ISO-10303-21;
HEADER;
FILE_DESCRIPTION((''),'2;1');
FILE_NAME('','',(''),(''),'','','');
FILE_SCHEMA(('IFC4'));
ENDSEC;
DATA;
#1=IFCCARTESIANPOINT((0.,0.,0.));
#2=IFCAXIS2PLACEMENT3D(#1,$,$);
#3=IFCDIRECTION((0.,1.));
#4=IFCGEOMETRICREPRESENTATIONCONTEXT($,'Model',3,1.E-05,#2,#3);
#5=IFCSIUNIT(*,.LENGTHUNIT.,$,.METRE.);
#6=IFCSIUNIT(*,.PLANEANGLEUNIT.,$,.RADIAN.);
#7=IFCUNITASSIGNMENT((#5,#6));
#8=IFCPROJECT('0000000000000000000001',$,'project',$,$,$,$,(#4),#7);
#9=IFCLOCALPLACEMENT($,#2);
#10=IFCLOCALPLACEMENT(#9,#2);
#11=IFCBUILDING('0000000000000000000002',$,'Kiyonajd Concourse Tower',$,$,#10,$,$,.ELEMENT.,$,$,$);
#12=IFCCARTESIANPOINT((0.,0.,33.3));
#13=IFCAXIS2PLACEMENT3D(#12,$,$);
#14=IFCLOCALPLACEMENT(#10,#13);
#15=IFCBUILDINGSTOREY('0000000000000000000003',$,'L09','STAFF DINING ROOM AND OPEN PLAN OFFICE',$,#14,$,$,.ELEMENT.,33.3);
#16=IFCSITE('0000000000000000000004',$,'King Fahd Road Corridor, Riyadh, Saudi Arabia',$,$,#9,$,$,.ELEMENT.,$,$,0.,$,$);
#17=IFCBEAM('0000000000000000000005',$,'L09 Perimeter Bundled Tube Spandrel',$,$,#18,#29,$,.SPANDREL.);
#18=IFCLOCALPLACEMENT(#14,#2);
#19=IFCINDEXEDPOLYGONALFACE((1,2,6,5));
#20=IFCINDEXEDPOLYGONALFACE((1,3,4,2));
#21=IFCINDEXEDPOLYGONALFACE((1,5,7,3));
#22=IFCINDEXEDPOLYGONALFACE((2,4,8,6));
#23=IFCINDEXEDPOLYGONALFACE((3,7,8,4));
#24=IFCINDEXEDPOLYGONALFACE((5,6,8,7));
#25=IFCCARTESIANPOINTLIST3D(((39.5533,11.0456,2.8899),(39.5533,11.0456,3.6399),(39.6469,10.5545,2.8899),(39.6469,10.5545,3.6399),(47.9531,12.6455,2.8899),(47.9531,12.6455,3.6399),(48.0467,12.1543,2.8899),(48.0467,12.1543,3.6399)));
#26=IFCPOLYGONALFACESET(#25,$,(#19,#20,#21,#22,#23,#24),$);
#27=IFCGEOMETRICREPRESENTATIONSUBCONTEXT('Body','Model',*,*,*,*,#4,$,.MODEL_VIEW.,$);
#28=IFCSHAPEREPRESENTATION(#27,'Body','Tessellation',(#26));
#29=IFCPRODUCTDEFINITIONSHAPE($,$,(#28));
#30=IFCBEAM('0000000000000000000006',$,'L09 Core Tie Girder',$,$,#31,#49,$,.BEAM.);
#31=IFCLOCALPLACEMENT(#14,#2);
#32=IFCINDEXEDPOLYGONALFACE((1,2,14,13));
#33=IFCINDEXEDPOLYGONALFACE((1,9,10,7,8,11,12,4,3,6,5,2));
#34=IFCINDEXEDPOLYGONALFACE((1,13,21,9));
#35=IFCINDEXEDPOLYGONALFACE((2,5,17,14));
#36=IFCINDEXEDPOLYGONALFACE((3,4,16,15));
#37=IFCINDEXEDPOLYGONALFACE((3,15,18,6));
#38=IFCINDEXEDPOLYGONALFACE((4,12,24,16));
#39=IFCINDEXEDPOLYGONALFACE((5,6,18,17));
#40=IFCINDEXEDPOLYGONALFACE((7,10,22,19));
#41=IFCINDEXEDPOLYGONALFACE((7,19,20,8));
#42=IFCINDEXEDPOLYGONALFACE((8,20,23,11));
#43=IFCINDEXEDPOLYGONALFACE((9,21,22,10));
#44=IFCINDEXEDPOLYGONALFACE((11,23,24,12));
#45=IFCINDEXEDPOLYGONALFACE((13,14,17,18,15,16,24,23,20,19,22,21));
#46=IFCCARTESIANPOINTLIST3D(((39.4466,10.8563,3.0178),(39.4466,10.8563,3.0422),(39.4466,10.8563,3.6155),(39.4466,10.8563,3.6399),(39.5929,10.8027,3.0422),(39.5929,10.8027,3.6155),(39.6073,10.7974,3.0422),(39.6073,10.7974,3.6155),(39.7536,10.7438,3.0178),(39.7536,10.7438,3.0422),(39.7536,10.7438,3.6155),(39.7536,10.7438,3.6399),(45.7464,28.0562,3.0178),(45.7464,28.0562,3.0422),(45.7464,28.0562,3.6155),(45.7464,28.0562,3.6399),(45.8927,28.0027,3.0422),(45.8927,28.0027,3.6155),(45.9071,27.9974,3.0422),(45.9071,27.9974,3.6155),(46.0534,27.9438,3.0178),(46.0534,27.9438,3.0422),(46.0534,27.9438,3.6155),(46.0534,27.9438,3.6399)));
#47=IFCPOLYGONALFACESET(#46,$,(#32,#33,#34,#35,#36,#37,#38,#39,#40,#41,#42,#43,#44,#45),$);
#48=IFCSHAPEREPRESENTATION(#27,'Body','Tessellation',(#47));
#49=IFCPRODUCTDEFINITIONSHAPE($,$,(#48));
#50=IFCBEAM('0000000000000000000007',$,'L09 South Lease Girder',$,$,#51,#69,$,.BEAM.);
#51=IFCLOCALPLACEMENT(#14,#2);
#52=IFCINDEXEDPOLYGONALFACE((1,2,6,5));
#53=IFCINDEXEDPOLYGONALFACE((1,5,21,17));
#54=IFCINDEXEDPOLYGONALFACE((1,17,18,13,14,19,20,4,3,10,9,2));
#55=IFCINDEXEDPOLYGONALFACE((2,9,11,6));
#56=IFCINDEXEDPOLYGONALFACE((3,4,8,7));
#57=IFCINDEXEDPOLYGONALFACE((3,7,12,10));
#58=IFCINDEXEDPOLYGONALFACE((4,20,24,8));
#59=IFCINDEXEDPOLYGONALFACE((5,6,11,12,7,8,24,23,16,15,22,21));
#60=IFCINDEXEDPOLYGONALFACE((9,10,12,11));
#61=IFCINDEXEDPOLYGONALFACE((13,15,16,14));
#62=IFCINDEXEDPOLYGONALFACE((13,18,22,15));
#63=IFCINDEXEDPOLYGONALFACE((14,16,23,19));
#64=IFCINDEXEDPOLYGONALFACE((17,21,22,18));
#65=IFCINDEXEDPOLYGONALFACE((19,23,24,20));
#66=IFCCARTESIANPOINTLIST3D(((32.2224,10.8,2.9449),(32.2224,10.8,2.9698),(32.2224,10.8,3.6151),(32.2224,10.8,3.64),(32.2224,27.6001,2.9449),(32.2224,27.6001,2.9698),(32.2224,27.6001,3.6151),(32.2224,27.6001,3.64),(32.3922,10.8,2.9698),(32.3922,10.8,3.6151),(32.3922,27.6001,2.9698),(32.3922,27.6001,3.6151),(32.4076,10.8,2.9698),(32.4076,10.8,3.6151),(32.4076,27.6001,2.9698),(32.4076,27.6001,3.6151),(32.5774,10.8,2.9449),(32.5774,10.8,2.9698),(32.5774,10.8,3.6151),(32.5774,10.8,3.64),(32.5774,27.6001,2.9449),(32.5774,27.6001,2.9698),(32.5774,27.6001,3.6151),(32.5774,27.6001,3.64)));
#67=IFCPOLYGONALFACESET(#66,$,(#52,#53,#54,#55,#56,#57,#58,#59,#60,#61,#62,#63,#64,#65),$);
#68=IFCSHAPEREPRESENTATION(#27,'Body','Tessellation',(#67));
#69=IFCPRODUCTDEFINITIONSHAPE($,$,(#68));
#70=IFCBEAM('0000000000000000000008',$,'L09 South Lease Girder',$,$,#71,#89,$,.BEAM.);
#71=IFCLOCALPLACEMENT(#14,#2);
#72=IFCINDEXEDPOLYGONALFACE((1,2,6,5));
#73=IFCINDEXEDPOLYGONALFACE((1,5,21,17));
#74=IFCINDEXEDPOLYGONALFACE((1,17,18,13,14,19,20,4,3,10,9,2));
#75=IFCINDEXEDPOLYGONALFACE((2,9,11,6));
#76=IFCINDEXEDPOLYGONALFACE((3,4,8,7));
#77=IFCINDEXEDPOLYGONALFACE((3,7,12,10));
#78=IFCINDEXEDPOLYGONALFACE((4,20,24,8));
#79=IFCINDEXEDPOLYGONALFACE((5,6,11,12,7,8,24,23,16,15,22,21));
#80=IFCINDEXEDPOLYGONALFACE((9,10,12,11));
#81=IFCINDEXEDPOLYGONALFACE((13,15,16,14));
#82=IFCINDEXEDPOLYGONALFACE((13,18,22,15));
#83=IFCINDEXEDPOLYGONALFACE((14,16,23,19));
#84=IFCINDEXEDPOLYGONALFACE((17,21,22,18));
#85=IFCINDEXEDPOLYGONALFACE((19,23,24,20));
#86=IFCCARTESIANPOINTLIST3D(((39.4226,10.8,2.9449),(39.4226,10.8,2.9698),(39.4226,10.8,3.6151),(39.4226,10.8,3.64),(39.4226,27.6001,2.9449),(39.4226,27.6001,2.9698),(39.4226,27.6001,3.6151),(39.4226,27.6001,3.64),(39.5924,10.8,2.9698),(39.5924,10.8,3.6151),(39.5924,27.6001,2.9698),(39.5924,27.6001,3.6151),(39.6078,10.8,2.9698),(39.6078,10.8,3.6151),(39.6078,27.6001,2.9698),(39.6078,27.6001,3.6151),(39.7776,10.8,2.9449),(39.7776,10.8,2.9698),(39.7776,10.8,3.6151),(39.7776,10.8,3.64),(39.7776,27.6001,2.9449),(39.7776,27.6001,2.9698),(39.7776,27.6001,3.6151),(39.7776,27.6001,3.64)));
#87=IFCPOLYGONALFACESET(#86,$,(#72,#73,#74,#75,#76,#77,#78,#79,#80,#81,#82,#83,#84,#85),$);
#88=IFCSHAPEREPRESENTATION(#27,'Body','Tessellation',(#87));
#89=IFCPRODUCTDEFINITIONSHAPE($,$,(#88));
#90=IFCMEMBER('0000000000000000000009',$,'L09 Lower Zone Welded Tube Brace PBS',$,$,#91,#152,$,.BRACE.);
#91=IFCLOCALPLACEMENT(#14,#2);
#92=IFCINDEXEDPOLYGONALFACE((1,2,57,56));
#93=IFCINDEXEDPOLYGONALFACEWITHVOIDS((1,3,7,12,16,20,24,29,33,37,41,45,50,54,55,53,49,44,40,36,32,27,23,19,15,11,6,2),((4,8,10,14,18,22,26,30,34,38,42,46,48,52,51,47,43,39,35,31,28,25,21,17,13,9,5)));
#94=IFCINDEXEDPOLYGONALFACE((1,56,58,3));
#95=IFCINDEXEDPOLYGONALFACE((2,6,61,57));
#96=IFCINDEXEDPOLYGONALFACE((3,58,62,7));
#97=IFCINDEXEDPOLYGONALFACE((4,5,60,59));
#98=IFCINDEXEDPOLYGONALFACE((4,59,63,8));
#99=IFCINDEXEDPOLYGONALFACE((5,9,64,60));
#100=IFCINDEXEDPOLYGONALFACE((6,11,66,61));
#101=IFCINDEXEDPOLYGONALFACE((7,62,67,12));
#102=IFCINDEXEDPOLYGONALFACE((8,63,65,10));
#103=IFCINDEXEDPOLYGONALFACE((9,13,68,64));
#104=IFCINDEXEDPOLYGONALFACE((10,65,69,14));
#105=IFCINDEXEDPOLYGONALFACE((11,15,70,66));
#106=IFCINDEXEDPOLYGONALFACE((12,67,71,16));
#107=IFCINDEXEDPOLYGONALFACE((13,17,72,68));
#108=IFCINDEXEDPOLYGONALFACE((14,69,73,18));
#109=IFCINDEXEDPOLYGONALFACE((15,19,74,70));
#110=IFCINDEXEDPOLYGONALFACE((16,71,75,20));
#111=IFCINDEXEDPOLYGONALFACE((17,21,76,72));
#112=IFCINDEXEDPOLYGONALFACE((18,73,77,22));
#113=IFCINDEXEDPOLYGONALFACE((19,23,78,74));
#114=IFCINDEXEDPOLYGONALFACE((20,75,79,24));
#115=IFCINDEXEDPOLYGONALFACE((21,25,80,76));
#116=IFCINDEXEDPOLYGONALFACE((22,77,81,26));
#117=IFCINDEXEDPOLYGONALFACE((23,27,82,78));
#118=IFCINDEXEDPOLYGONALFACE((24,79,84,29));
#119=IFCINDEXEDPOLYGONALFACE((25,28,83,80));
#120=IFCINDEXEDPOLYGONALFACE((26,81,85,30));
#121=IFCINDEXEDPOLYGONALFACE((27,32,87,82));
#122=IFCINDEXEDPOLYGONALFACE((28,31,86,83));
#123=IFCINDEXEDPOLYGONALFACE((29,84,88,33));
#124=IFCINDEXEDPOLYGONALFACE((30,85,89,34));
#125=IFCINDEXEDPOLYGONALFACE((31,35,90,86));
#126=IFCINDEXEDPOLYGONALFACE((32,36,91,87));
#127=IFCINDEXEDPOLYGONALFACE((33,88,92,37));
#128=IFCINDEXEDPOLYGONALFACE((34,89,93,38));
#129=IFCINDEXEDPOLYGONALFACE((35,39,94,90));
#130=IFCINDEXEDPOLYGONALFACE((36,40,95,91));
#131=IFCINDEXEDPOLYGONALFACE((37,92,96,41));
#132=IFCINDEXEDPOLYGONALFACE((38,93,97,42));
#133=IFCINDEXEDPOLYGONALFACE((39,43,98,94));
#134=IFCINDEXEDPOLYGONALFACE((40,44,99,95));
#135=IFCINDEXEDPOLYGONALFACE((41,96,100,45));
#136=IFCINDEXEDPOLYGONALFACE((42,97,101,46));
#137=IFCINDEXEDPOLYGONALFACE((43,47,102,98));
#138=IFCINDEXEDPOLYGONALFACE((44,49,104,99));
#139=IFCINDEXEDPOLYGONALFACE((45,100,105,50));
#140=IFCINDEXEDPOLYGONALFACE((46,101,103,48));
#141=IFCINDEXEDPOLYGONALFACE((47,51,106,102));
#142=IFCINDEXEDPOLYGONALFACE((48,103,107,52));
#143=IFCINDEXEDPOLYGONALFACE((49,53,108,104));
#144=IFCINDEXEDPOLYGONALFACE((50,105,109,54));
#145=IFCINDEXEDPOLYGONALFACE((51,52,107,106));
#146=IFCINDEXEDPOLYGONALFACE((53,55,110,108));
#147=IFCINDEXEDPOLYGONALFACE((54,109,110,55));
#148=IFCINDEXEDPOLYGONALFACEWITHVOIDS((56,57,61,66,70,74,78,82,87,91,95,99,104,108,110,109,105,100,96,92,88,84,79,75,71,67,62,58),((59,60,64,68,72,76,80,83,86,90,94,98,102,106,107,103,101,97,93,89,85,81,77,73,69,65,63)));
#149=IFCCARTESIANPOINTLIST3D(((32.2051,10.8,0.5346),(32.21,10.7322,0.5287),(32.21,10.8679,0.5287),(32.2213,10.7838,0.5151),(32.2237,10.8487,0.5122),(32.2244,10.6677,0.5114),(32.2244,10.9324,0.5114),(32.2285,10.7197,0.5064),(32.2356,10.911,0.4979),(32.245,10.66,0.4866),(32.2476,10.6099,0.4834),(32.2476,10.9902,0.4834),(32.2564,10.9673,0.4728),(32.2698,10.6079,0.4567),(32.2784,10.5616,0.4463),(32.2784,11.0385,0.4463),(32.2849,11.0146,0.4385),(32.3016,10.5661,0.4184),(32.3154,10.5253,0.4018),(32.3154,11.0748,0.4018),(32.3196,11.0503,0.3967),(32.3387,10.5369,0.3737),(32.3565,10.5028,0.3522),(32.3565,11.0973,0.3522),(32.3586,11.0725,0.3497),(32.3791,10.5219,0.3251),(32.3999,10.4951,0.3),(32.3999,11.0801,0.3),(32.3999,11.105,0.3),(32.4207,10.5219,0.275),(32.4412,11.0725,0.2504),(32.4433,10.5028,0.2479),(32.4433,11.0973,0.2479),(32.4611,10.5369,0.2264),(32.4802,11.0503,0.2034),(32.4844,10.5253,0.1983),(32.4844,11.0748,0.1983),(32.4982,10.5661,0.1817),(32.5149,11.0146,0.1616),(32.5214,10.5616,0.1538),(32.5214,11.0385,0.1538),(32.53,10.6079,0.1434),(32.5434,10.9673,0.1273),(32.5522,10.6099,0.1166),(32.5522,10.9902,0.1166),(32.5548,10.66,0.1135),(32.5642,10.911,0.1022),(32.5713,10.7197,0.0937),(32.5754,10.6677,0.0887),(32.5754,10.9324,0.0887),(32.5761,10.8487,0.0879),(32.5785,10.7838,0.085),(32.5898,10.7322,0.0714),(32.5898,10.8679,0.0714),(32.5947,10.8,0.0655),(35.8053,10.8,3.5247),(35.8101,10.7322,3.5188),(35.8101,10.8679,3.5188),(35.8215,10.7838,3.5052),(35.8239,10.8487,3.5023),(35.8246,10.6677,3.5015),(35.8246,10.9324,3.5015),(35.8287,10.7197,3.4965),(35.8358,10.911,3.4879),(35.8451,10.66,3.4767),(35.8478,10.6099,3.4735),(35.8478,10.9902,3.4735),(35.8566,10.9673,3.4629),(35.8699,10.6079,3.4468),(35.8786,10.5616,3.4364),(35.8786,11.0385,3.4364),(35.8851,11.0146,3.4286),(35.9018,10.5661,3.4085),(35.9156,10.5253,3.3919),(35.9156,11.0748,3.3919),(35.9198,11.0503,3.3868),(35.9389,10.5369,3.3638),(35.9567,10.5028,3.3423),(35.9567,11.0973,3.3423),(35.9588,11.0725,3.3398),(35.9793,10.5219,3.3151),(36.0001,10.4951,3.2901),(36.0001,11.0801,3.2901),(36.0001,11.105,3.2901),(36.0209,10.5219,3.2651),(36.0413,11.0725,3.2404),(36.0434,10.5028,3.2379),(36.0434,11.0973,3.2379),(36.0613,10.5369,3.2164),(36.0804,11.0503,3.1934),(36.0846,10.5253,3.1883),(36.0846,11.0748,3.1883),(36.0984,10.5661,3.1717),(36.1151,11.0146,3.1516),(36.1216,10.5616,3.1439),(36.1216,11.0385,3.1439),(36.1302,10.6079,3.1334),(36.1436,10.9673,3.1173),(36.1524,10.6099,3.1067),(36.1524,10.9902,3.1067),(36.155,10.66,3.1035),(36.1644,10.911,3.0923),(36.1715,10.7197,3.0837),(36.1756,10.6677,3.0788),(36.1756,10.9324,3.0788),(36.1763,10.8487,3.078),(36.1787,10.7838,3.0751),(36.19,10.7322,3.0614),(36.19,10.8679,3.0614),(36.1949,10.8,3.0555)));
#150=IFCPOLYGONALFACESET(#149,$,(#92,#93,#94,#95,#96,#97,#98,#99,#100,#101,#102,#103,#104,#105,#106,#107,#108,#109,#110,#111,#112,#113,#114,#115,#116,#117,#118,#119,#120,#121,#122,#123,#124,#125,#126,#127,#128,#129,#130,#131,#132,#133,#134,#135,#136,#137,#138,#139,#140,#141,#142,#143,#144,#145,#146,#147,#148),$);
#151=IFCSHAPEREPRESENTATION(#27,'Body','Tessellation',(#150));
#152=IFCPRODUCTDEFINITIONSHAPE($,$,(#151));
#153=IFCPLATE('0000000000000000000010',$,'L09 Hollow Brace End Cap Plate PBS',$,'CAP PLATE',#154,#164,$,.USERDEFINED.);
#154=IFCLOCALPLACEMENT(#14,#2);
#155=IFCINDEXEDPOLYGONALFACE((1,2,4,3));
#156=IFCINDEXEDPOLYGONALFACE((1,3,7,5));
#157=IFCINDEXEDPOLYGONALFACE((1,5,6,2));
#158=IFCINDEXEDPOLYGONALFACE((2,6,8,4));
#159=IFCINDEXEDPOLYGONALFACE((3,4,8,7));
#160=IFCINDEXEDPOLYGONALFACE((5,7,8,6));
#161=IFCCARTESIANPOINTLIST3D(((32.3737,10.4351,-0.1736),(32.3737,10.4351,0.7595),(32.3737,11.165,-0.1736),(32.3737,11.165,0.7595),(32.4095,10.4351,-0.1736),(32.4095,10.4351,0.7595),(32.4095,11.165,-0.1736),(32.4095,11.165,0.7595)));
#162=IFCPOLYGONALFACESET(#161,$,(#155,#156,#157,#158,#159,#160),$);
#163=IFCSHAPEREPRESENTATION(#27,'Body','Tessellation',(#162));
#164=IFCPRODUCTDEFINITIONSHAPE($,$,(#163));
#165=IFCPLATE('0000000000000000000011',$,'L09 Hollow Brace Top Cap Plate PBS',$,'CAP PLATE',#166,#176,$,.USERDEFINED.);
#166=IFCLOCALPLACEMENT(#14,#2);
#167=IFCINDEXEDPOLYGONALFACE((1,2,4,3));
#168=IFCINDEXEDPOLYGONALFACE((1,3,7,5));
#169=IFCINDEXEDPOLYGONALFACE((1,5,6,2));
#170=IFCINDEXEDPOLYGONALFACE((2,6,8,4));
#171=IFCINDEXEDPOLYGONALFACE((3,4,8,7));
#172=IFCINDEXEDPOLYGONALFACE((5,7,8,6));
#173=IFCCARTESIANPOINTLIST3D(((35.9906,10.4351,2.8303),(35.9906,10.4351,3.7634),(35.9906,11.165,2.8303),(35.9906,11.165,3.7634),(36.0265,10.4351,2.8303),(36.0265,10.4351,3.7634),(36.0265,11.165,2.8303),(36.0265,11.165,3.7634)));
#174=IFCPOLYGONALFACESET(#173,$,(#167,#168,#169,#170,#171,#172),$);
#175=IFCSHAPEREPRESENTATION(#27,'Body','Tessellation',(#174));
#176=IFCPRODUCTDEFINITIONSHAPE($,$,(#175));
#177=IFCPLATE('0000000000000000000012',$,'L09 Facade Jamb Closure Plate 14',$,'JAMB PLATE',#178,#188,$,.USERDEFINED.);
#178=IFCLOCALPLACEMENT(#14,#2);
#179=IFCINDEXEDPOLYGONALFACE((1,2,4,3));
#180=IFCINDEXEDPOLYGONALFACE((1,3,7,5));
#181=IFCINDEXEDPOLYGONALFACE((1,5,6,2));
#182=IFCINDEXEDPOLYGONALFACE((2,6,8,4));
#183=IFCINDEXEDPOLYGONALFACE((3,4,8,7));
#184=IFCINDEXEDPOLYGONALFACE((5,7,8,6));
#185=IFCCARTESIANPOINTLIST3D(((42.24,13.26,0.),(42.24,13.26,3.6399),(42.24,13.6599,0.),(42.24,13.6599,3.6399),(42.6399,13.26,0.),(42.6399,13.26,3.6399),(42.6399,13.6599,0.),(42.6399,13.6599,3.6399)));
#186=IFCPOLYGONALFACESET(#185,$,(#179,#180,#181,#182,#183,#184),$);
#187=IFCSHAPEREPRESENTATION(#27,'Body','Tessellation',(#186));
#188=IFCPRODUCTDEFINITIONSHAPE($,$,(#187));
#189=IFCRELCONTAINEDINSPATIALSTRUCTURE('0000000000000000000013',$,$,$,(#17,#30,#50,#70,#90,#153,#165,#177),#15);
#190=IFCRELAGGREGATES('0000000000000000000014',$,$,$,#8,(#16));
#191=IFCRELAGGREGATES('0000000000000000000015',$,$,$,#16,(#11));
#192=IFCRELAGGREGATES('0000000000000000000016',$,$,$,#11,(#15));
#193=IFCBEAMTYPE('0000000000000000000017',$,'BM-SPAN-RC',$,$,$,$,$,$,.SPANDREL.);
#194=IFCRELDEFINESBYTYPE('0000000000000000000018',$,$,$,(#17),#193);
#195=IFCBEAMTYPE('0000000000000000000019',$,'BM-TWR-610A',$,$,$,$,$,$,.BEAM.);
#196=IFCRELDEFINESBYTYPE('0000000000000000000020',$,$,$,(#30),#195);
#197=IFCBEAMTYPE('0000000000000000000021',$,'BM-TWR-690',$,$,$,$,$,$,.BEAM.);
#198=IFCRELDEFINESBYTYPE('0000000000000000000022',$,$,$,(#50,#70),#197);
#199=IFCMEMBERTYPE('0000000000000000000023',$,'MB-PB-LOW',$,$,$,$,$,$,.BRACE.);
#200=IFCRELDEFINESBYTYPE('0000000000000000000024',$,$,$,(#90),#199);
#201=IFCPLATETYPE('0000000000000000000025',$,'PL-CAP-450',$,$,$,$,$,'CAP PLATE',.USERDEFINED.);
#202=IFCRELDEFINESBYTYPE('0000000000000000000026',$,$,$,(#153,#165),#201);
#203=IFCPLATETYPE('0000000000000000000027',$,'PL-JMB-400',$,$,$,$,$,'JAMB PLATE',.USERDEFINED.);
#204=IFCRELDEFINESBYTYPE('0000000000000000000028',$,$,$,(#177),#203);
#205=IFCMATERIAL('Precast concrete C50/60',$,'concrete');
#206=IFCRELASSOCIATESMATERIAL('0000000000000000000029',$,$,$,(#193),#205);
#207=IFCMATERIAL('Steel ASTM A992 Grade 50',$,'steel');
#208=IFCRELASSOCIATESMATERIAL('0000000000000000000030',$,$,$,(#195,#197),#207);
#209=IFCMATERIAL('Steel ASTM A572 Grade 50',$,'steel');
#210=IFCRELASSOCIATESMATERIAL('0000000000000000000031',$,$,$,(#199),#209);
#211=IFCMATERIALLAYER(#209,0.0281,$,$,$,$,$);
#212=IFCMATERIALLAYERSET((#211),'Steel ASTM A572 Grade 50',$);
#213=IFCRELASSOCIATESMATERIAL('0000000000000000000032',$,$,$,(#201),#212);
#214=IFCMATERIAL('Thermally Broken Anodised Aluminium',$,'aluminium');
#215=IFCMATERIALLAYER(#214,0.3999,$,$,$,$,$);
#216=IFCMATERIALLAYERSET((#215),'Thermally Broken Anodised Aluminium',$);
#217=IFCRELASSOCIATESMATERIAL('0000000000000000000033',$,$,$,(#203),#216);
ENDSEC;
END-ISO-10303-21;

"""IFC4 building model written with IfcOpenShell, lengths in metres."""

from ifc_helpers import new_model, si_unit, direction, frame, origin, origin_2d, place, context, subcontext, project, spatial, rectangle, hollow_circle, i_section, extrude, material, layer, layer_set, material_profile, profile_set, type_object, element, save


model = new_model("IFC4")

# Units and contexts
model_context = context("Model", 3, precision=1e-05, world=origin(), true_north=direction((0.0, 1.0)))
body_context = subcontext(model_context, "Body", "Model", "MODEL_VIEW")
ifc_project = project(units=[si_unit("LENGTHUNIT", "METRE"), si_unit("PLANEANGLEUNIT", "RADIAN")], contexts=[model_context])

# Site, building, storey
site_placement = place(None, origin())
site = spatial("IfcSite", under=ifc_project, at=site_placement, Name="King Fahd Road Corridor, Riyadh, Saudi Arabia", CompositionType="ELEMENT", RefElevation=0.0)
building_placement = place(site_placement, origin())
building = spatial("IfcBuilding", under=site, at=building_placement, Name="Kiyonajd Concourse Tower", CompositionType="ELEMENT")
storey_placement = place(building_placement, frame((0.0, 0.0, 33.3)))
storey = spatial("IfcBuildingStorey", under=building, at=storey_placement, Name="L09", Description="STAFF DINING ROOM AND OPEN PLAN OFFICE", CompositionType="ELEMENT", Elevation=33.3)

# Beams
ifc_material_1 = material(Name="Steel ASTM A992 Grade 50", Category="steel")
ifc_material_2 = material(Name="Precast concrete C50/60", Category="concrete")
ifc_material_profile_1 = material_profile(ifc_material_2, rectangle(XDim=0.5, YDim=0.75, at=origin_2d()), Name="RCBM-500x750")
ifc_profile_set_1 = profile_set([ifc_material_profile_1], Name="Precast concrete C50/60")
beam_type_1 = type_object("IfcBeamType", Name="BM-SPAN-RC", PredefinedType="SPANDREL", material=ifc_profile_set_1)
beam_1_placement = place(storey_placement, frame((39.6001, 10.8, 3.2649), z_axis=(0.982341, 0.187098, 0.0), x_axis=(-0.187098, 0.982341, 0.0)))
element("IfcBeam", 1, at=beam_1_placement, inside=storey, type_object=beam_type_1, Name="L09 Perimeter Bundled Tube Spandrel", PredefinedType="SPANDREL", context=body_context, shape_type="SweptSolid", body=[
    extrude(rectangle(XDim=0.5, YDim=0.75, at=origin_2d()), origin(), (0.0, 0.0, 1.0), 8.5508),
])
ifc_material_profile_2 = material_profile(ifc_material_1, i_section(OverallWidth=0.3269, OverallDepth=0.6221, WebThickness=0.0154, FlangeThickness=0.0244, at=origin_2d()), Name="W610X195")
ifc_profile_set_2 = profile_set([ifc_material_profile_2], Name="Steel ASTM A992 Grade 50")
beam_type_2 = type_object("IfcBeamType", Name="BM-TWR-610A", PredefinedType="BEAM", material=ifc_profile_set_2)
beam_2_placement = place(storey_placement, frame((39.6001, 10.8, 3.3289), z_axis=(0.343925, 0.938997, 0.0), x_axis=(-0.938997, 0.343925, 0.0)))
element("IfcBeam", 2, at=beam_2_placement, inside=storey, type_object=beam_type_2, Name="L09 Core Tie Girder", PredefinedType="BEAM", context=body_context, shape_type="SweptSolid", body=[
    extrude(i_section(OverallWidth=0.3269, OverallDepth=0.6221, WebThickness=0.0154, FlangeThickness=0.0244, at=origin_2d()), origin(), (0.0, 0.0, 1.0), 18.3174),
])
ifc_material_profile_3 = material_profile(ifc_material_1, i_section(OverallWidth=0.355, OverallDepth=0.6951, WebThickness=0.0154, FlangeThickness=0.0249, at=origin_2d()), Name="W690X217")
ifc_profile_set_3 = profile_set([ifc_material_profile_3], Name="Steel ASTM A992 Grade 50")
beam_type_3 = type_object("IfcBeamType", Name="BM-TWR-690", PredefinedType="BEAM", material=ifc_profile_set_3)
for number, where, z_axis, x_axis, name in (
    (3, (32.3999, 10.8, 3.2925), (0.0, 1.0, 0.0), (-1.0, 0.0, 0.0), "L09 South Lease Girder"),
    (4, (39.6001, 10.8, 3.2925), (0.0, 1.0, 0.0), (-1.0, 0.0, 0.0), "L09 South Lease Girder"),
):
    element("IfcBeam", number, at=place(storey_placement, frame(where, z_axis=z_axis, x_axis=x_axis)), inside=storey, type_object=beam_type_3, Name=name, PredefinedType="BEAM", context=body_context, shape_type="SweptSolid", body=[
        extrude(i_section(OverallWidth=0.355, OverallDepth=0.6951, WebThickness=0.0154, FlangeThickness=0.0249, at=origin_2d()), origin(), (0.0, 0.0, 1.0), 16.8),
    ])

# Member
ifc_material_3 = material(Name="Steel ASTM A572 Grade 50", Category="steel")
ifc_material_profile_4 = material_profile(ifc_material_3, hollow_circle(Radius=0.3049, WallThickness=0.0249, at=origin_2d()), Name="CHS-610x25")
ifc_profile_set_4 = profile_set([ifc_material_profile_4], Name="Steel ASTM A572 Grade 50")
member_type = type_object("IfcMemberType", Name="MB-PB-LOW", PredefinedType="BRACE", material=ifc_profile_set_4)
member_placement = place(storey_placement, frame((32.3999, 10.8, 0.3), z_axis=(0.769281, 0.0, 0.638911), x_axis=(0.0, 1.0, 0.0)))
element("IfcMember", 5, at=member_placement, inside=storey, type_object=member_type, Name="L09 Lower Zone Welded Tube Brace PBS", PredefinedType="BRACE", context=body_context, shape_type="SweptSolid", body=[
    extrude(hollow_circle(Radius=0.3049, WallThickness=0.0249, at=origin_2d()), origin(), (0.0, 0.0, 1.0), 4.6799),
])

# Plates
ifc_layer_1 = layer(ifc_material_3, 0.0281)
ifc_layer_set_1 = layer_set([ifc_layer_1], Name="Steel ASTM A572 Grade 50")
plate_type_1 = type_object("IfcPlateType", Name="PL-CAP-450", ElementType="CAP PLATE", PredefinedType="USERDEFINED", material=ifc_layer_set_1)
for number, where, z_axis, x_axis, name in (
    (6, (32.3916, 10.8, -0.1736), (0.0, 0.0, 1.0), (-1.0, 0.0, 0.0), "L09 Hollow Brace End Cap Plate PBS"),
    (7, (36.0085, 10.8, 2.8303), (0.0, 0.0, 1.0), (1.0, 0.0, 0.0), "L09 Hollow Brace Top Cap Plate PBS"),
):
    element("IfcPlate", number, at=place(storey_placement, frame(where, z_axis=z_axis, x_axis=x_axis)), inside=storey, type_object=plate_type_1, Name=name, ObjectType="CAP PLATE", PredefinedType="USERDEFINED", context=body_context, shape_type="SweptSolid", body=[
        extrude(rectangle(XDim=0.0359, YDim=0.73, at=origin_2d()), origin(), (0.0, 0.0, 1.0), 0.9331),
    ])
ifc_material_4 = material(Name="Thermally Broken Anodised Aluminium", Category="aluminium")
ifc_layer_2 = layer(ifc_material_4, 0.3999)
ifc_layer_set_2 = layer_set([ifc_layer_2], Name="Thermally Broken Anodised Aluminium")
plate_type_2 = type_object("IfcPlateType", Name="PL-JMB-400", ElementType="JAMB PLATE", PredefinedType="USERDEFINED", material=ifc_layer_set_2)
plate_placement = place(storey_placement, frame((42.4399, 13.46, 0.0), z_axis=(0.0, 0.0, 1.0), x_axis=(1.0, 0.0, 0.0)))
element("IfcPlate", 8, at=plate_placement, inside=storey, type_object=plate_type_2, Name="L09 Facade Jamb Closure Plate 14", ObjectType="JAMB PLATE", PredefinedType="USERDEFINED", context=body_context, shape_type="SweptSolid", body=[
    extrude(rectangle(XDim=0.3999, YDim=0.3999, at=origin_2d()), origin(), (0.0, 0.0, 1.0), 3.6399),
])

save(model, "model.ifc")
